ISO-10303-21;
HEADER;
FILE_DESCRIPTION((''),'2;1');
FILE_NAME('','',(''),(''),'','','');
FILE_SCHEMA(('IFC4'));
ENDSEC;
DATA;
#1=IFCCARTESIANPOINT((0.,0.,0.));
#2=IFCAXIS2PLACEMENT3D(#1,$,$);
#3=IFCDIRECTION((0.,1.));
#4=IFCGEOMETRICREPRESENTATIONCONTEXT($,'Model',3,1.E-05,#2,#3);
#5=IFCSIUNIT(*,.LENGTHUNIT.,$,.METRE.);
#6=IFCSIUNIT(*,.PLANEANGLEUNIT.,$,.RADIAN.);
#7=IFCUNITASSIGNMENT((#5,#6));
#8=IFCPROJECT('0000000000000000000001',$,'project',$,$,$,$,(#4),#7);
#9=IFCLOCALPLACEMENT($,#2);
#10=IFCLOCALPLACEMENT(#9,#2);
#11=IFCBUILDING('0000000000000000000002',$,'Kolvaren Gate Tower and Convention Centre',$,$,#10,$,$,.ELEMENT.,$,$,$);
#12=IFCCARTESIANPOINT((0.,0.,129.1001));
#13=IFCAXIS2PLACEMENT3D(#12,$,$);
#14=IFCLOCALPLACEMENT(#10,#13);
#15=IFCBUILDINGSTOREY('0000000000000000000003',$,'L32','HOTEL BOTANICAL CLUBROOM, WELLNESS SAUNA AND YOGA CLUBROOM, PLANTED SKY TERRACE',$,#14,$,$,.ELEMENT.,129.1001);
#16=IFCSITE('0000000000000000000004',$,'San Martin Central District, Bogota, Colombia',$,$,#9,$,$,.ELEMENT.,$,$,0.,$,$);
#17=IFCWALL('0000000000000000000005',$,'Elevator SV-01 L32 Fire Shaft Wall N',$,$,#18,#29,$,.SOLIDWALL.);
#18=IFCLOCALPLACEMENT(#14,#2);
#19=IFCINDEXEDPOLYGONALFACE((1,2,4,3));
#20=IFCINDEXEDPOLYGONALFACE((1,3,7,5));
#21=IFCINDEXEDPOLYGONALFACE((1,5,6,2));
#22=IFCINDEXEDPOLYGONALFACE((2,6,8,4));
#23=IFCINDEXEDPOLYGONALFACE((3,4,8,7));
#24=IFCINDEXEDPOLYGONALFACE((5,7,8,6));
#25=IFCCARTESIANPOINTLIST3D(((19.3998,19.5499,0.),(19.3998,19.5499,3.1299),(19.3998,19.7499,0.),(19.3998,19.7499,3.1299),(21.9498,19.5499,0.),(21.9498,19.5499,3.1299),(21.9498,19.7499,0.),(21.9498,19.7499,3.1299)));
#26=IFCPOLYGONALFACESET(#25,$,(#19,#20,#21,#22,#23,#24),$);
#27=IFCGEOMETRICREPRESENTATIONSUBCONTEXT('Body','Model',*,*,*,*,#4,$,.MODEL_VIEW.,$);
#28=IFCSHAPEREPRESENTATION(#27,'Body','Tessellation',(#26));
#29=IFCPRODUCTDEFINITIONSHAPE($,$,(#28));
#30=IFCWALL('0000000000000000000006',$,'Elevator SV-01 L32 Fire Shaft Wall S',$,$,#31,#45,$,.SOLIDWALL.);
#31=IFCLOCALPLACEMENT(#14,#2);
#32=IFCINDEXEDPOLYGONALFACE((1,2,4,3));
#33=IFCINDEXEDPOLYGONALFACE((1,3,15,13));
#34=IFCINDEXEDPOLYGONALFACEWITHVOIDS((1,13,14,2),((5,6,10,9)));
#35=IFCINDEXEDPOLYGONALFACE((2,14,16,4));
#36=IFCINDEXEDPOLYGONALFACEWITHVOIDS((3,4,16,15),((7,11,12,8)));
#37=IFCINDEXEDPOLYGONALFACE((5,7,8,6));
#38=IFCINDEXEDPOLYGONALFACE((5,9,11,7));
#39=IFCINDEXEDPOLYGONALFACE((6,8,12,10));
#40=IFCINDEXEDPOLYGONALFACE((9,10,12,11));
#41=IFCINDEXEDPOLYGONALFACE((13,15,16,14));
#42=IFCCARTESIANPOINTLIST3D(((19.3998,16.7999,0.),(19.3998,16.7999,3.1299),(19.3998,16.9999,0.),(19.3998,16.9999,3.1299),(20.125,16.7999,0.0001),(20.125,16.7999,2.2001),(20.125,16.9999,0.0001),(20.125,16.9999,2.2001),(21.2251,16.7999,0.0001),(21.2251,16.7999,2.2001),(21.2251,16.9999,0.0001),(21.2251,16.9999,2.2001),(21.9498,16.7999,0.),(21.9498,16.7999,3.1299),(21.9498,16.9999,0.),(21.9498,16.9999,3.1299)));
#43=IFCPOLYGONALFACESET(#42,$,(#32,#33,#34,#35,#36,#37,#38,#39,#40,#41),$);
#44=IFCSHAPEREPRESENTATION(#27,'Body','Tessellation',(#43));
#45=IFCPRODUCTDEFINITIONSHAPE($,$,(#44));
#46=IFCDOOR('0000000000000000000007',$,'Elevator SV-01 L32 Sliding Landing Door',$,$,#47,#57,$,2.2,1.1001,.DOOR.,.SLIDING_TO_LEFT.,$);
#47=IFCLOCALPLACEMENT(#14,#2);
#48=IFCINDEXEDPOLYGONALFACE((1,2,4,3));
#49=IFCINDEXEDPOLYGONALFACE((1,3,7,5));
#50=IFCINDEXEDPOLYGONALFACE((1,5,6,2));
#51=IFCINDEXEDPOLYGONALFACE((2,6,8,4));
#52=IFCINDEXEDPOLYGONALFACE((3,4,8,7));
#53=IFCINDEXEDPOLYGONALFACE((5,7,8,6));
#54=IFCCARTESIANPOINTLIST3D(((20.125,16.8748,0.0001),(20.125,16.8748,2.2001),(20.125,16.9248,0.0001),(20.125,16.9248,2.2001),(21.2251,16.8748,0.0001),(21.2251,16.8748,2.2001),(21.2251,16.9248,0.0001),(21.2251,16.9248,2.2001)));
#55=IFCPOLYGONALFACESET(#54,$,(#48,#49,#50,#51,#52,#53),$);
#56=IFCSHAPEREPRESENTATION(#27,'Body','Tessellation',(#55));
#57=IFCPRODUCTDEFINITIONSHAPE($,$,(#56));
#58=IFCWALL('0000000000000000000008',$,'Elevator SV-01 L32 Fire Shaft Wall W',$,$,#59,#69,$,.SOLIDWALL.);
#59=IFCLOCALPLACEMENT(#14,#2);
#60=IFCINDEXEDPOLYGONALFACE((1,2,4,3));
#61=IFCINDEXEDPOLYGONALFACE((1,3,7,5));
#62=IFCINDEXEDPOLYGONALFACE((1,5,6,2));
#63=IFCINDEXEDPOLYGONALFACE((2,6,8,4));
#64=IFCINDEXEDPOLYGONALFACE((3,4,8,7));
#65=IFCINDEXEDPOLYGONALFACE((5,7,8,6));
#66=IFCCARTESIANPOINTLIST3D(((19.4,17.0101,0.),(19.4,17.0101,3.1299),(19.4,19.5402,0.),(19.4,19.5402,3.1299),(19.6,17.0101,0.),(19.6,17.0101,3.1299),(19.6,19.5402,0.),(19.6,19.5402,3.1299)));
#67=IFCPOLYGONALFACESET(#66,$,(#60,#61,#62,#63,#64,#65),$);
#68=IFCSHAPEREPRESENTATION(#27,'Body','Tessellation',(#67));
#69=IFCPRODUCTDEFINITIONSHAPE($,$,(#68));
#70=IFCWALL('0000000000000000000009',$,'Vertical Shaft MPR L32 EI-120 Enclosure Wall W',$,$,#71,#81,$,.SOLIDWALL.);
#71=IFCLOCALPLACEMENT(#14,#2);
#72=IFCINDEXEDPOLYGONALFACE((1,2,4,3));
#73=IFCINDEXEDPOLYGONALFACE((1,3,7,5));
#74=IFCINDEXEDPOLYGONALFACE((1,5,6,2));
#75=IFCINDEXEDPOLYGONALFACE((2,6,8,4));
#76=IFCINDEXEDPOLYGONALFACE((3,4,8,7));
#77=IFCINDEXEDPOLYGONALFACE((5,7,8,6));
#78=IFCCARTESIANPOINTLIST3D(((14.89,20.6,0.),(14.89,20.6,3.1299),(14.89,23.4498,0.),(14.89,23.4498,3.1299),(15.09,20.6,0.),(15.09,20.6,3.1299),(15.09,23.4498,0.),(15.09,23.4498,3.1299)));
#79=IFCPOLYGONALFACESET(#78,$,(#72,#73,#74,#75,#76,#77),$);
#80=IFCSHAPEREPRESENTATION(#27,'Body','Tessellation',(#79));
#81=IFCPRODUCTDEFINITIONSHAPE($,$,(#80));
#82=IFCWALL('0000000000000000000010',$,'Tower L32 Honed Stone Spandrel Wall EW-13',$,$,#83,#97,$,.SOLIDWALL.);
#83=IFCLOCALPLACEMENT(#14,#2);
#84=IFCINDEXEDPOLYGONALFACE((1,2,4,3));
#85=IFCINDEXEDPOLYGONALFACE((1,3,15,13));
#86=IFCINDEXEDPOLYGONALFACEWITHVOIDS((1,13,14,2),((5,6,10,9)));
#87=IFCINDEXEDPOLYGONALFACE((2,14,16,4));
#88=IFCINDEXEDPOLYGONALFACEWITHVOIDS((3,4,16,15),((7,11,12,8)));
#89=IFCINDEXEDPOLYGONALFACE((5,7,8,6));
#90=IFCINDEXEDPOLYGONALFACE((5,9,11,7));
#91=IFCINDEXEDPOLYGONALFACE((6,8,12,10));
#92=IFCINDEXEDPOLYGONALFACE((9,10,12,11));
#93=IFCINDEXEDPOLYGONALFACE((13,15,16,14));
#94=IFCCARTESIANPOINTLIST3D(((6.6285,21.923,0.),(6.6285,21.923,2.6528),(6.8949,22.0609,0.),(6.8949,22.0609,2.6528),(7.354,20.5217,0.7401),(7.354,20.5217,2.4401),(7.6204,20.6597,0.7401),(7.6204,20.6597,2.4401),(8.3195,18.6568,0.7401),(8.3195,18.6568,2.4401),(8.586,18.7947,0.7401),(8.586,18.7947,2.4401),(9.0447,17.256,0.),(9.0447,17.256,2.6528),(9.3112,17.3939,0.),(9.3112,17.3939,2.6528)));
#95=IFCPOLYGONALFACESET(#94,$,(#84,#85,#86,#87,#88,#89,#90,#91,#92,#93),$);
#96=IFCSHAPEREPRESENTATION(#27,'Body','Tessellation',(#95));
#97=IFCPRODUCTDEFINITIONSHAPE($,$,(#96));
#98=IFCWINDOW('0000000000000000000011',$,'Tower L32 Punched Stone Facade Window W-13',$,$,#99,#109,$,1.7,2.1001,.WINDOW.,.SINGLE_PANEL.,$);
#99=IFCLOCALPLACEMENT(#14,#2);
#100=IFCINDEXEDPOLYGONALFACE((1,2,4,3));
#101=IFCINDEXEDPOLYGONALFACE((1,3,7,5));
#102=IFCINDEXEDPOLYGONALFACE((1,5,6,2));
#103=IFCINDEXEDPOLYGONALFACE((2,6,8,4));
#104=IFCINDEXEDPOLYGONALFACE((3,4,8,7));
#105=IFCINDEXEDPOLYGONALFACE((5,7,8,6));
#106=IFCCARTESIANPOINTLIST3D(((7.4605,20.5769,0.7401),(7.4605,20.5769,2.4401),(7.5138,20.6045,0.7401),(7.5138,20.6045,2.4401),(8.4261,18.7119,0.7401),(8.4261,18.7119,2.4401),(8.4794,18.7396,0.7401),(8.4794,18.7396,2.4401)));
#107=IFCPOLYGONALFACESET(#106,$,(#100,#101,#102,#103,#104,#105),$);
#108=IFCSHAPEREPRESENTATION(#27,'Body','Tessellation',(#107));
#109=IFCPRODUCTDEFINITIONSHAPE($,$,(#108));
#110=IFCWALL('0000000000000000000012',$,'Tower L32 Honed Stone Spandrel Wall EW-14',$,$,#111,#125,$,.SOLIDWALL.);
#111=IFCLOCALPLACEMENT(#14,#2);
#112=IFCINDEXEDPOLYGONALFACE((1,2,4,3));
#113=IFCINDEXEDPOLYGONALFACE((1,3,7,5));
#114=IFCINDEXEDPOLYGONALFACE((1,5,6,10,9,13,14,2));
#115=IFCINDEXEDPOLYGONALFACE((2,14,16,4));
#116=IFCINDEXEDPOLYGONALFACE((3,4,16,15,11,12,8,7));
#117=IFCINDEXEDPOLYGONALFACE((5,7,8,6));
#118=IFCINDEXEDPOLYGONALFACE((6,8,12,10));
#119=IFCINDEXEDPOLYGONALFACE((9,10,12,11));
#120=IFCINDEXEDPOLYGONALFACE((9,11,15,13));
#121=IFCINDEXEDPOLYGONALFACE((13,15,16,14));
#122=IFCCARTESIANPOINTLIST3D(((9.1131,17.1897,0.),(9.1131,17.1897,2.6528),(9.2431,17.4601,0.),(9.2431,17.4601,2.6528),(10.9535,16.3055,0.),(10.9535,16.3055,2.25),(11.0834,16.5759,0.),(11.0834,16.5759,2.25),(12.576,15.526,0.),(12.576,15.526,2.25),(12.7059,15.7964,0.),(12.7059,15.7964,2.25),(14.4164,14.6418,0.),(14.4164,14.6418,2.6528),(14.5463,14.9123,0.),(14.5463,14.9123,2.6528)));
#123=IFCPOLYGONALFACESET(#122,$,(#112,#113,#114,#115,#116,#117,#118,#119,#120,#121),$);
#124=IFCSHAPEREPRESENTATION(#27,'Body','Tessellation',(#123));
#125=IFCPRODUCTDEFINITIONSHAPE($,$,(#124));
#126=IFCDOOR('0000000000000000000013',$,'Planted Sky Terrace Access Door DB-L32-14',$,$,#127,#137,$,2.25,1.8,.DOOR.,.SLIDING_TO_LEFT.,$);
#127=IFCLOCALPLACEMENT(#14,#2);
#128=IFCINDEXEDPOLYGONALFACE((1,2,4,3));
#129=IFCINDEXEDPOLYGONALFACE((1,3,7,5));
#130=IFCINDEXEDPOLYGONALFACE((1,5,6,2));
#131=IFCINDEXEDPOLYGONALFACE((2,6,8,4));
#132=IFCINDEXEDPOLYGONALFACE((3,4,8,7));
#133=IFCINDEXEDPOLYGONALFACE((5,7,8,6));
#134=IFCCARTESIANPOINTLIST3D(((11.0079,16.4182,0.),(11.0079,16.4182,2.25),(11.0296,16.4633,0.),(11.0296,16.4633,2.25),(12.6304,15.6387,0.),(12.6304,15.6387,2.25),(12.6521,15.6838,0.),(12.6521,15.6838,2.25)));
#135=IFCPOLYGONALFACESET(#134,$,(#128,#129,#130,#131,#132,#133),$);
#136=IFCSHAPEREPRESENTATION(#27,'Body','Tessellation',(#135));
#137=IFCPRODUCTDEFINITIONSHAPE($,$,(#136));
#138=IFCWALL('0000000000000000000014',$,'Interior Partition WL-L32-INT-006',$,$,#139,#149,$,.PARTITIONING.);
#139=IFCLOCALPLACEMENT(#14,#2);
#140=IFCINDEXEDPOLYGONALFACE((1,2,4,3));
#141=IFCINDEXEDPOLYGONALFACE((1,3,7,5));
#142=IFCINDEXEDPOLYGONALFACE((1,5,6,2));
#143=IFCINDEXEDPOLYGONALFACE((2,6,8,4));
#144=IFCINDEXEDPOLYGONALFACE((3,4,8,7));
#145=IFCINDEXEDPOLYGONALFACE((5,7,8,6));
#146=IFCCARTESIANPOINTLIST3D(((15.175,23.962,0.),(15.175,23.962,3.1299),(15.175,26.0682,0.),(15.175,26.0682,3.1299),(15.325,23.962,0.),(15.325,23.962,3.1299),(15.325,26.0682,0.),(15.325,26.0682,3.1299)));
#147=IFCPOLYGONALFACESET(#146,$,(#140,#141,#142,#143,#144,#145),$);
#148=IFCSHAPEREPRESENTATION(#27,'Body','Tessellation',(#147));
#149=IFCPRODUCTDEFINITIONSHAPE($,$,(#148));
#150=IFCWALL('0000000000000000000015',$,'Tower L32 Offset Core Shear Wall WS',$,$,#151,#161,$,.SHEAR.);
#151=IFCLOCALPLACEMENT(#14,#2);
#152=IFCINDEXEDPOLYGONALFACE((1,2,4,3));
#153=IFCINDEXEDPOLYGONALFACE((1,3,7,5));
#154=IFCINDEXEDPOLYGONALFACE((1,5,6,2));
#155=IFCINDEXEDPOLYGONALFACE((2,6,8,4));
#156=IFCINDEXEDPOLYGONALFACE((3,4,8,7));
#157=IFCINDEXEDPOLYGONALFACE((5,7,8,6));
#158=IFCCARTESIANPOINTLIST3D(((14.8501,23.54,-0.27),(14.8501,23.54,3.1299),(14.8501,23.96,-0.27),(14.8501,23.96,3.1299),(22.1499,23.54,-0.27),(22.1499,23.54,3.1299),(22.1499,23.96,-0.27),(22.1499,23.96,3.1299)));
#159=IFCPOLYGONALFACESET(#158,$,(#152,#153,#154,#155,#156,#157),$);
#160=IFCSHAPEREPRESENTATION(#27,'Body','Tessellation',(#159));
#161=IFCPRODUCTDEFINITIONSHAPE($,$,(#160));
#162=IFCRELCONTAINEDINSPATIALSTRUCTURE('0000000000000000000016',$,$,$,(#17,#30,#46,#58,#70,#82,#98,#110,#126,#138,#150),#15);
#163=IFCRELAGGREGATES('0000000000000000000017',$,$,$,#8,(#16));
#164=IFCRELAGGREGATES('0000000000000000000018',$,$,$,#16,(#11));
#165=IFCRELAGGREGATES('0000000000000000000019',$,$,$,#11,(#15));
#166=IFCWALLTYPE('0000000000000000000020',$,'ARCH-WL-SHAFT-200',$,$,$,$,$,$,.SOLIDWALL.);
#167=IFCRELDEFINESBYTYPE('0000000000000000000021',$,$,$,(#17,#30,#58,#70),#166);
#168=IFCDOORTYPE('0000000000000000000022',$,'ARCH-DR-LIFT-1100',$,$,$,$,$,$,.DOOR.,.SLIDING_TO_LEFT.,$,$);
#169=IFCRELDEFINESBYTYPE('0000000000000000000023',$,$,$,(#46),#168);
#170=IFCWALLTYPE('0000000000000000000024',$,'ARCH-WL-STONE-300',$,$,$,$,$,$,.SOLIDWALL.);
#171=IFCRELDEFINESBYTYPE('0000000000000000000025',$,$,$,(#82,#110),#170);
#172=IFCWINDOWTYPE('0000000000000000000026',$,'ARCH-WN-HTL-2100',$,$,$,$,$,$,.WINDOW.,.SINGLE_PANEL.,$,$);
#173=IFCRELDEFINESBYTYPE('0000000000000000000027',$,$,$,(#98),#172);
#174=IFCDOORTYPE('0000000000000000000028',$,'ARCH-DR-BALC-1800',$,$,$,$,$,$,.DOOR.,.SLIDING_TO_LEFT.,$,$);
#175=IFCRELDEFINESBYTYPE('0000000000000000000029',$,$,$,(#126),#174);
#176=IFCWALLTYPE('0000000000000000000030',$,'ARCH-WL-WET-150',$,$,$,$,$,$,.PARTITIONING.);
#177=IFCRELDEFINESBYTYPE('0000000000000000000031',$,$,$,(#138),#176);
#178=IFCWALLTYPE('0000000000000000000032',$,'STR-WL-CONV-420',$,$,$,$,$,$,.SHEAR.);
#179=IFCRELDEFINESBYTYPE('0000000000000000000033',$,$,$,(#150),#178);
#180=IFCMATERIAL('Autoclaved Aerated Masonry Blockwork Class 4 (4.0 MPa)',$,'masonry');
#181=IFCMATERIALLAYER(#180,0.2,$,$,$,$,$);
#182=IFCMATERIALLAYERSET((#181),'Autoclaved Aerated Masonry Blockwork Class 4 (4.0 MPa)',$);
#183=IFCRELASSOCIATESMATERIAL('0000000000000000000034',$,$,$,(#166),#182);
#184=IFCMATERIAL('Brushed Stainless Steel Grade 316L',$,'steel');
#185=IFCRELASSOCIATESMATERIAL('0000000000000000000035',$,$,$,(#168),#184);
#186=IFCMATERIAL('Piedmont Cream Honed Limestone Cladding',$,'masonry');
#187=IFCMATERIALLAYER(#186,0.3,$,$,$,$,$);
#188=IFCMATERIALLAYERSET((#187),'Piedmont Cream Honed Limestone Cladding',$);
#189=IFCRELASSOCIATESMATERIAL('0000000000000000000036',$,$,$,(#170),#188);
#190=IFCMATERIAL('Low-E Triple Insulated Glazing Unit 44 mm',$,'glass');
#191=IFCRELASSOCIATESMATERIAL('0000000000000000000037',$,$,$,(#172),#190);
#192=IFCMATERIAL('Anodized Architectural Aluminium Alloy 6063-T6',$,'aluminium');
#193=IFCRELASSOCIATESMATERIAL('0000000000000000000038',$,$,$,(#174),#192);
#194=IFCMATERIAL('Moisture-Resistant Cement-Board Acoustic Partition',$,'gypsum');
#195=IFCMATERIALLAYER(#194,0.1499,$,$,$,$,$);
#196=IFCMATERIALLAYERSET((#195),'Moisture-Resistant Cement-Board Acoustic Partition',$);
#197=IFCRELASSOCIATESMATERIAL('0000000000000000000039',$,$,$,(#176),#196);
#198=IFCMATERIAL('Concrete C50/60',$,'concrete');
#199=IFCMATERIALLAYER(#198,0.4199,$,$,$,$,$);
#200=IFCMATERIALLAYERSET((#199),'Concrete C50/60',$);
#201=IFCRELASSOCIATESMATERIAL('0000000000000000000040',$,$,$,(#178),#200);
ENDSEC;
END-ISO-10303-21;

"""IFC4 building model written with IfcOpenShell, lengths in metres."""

from ifc_helpers import new_model, si_unit, direction, frame, frame_2d, origin, place, context, subcontext, project, spatial, rectangle, extrude, material, layer, layer_set, type_object, element, fill, save


model = new_model("IFC4")

# Units and contexts
model_context = context("Model", 3, precision=1e-05, world=origin(), true_north=direction((0.0, 1.0)))
body_context = subcontext(model_context, "Body", "Model", "MODEL_VIEW")
ifc_project = project(units=[si_unit("LENGTHUNIT", "METRE"), si_unit("PLANEANGLEUNIT", "RADIAN")], contexts=[model_context])

# Site, building, storey
site_placement = place(None, origin())
site = spatial("IfcSite", under=ifc_project, at=site_placement, Name="San Martin Central District, Bogota, Colombia", CompositionType="ELEMENT", RefElevation=0.0)
building_placement = place(site_placement, origin())
building = spatial("IfcBuilding", under=site, at=building_placement, Name="Kolvaren Gate Tower and Convention Centre", CompositionType="ELEMENT")
storey_placement = place(building_placement, frame((0.0, 0.0, 129.1001)))
storey = spatial("IfcBuildingStorey", under=building, at=storey_placement, Name="L32", Description="HOTEL BOTANICAL CLUBROOM, WELLNESS SAUNA AND YOGA CLUBROOM, PLANTED SKY TERRACE", CompositionType="ELEMENT", Elevation=129.1001)

# Wall
ifc_material_1 = material(Name="Autoclaved Aerated Masonry Blockwork Class 4 (4.0 MPa)", Category="masonry")
ifc_material_2 = material(Name="Piedmont Cream Honed Limestone Cladding", Category="masonry")
ifc_layer_1 = layer(ifc_material_1, 0.2)
ifc_layer_set_1 = layer_set([ifc_layer_1], Name="Autoclaved Aerated Masonry Blockwork Class 4 (4.0 MPa)")
wall_type_1 = type_object("IfcWallType", Name="ARCH-WL-SHAFT-200", PredefinedType="SOLIDWALL", material=ifc_layer_set_1)
wall_1_placement = place(storey_placement, frame((19.3999, 19.6499, 0.0), z_axis=(0.0, 0.0, 1.0), x_axis=(1.0, 0.0, 0.0)))
element("IfcWall", 1, at=wall_1_placement, inside=storey, type_object=wall_type_1, Name="Elevator SV-01 L32 Fire Shaft Wall N", PredefinedType="SOLIDWALL", context=body_context, shape_type="SweptSolid", body=[
    extrude(rectangle(XDim=2.55, YDim=0.2, at=frame_2d((1.2749, 0.0))), origin(), (0.0, 0.0, 1.0), 3.1299),
])

# Wall, opening, door
wall_2_placement = place(storey_placement, frame((19.3999, 16.8999, 0.0), z_axis=(0.0, 0.0, 1.0), x_axis=(1.0, 0.0, 0.0)))
wall_2 = element("IfcWall", 2, at=wall_2_placement, inside=storey, type_object=wall_type_1, Name="Elevator SV-01 L32 Fire Shaft Wall S", PredefinedType="SOLIDWALL", context=body_context, shape_type="SweptSolid", body=[
    extrude(rectangle(XDim=2.55, YDim=0.2, at=frame_2d((1.2749, 0.0))), origin(), (0.0, 0.0, 1.0), 3.1299),
])
opening_1_placement = place(wall_2_placement, frame((0.7251, 0.0, 0.0)))
opening_1 = element("IfcOpeningElement", 3, at=opening_1_placement, cuts=wall_2, PredefinedType="OPENING", context=body_context, shape_type="SweptSolid", body=[
    extrude(rectangle(XDim=1.1001, YDim=2.2, at=frame_2d((0.55, 1.1001))), frame((0.0, 0.1099, 0.0), z_axis=(0.0, -1.0, 0.0), x_axis=(1.0, 0.0, 0.0)), (0.0, 0.0, 1.0), 0.22),
])
ifc_material_3 = material(Name="Brushed Stainless Steel Grade 316L", Category="steel")
door_type_1 = type_object("IfcDoorType", Name="ARCH-DR-LIFT-1100", OperationType="SLIDING_TO_LEFT", PredefinedType="DOOR", material=ifc_material_3)
door_1_placement = place(opening_1_placement, origin())
door_1 = element("IfcDoor", 4, at=door_1_placement, inside=storey, type_object=door_type_1, Name="Elevator SV-01 L32 Sliding Landing Door", OperationType="SLIDING_TO_LEFT", OverallHeight=2.2, OverallWidth=1.1001, PredefinedType="DOOR", context=body_context, shape_type="SweptSolid", body=[
    extrude(rectangle(XDim=1.1001, YDim=2.2, at=frame_2d((0.55, 1.1001))), frame((0.0, 0.0249, 0.0), z_axis=(0.0, -1.0, 0.0), x_axis=(1.0, 0.0, 0.0)), (0.0, 0.0, 1.0), 0.05),
])
fill(opening_1, door_1)

# Walls
wall_3_placement = place(storey_placement, frame((19.5, 17.01, 0.0), z_axis=(0.0, 0.0, 1.0), x_axis=(0.0, 1.0, 0.0)))
element("IfcWall", 5, at=wall_3_placement, inside=storey, type_object=wall_type_1, Name="Elevator SV-01 L32 Fire Shaft Wall W", PredefinedType="SOLIDWALL", context=body_context, shape_type="SweptSolid", body=[
    extrude(rectangle(XDim=2.53, YDim=0.2, at=frame_2d((1.2651, 0.0))), origin(), (0.0, 0.0, 1.0), 3.1299),
])
wall_4_placement = place(storey_placement, frame((14.99, 20.6001, 0.0), z_axis=(0.0, 0.0, 1.0), x_axis=(0.0, 1.0, 0.0)))
element("IfcWall", 6, at=wall_4_placement, inside=storey, type_object=wall_type_1, Name="Vertical Shaft MPR L32 EI-120 Enclosure Wall W", PredefinedType="SOLIDWALL", context=body_context, shape_type="SweptSolid", body=[
    extrude(rectangle(XDim=2.8499, YDim=0.2, at=frame_2d((1.4248, 0.0))), origin(), (0.0, 0.0, 1.0), 3.1299),
])

# Wall, opening, window
ifc_layer_2 = layer(ifc_material_2, 0.3)
ifc_layer_set_2 = layer_set([ifc_layer_2], Name="Piedmont Cream Honed Limestone Cladding")
wall_type_2 = type_object("IfcWallType", Name="ARCH-WL-STONE-300", PredefinedType="SOLIDWALL", material=ifc_layer_set_2)
wall_5_placement = place(storey_placement, frame((6.7617, 21.9919, 0.0), z_axis=(0.0, 0.0, 1.0), x_axis=(0.459768, -0.888039, 0.0)))
wall_5 = element("IfcWall", 7, at=wall_5_placement, inside=storey, type_object=wall_type_2, Name="Tower L32 Honed Stone Spandrel Wall EW-13", PredefinedType="SOLIDWALL", context=body_context, shape_type="SweptSolid", body=[
    extrude(rectangle(XDim=5.2554, YDim=0.3, at=frame_2d((2.6277, 0.0))), origin(), (0.0, 0.0, 1.0), 2.6528),
])
opening_2_placement = place(wall_5_placement, frame((1.5779, 0.0, 0.74)))
opening_2 = element("IfcOpeningElement", 8, at=opening_2_placement, cuts=wall_5, PredefinedType="OPENING", context=body_context, shape_type="SweptSolid", body=[
    extrude(rectangle(XDim=2.1001, YDim=1.7, at=frame_2d((1.05, 0.8501))), frame((0.0, 0.1599, 0.0), z_axis=(0.0, -1.0, 0.0), x_axis=(1.0, 0.0, 0.0)), (0.0, 0.0, 1.0), 0.3201),
])
ifc_material_4 = material(Name="Low-E Triple Insulated Glazing Unit 44 mm", Category="glass")
window_type = type_object("IfcWindowType", Name="ARCH-WN-HTL-2100", PartitioningType="SINGLE_PANEL", PredefinedType="WINDOW", material=ifc_material_4)
window_placement = place(opening_2_placement, origin())
window = element("IfcWindow", 9, at=window_placement, inside=storey, type_object=window_type, Name="Tower L32 Punched Stone Facade Window W-13", OverallHeight=1.7, OverallWidth=2.1001, PartitioningType="SINGLE_PANEL", PredefinedType="WINDOW", context=body_context, shape_type="SweptSolid", body=[
    extrude(rectangle(XDim=2.1001, YDim=1.7, at=frame_2d((1.05, 0.8501))), frame((0.0, 0.03, 0.0), z_axis=(0.0, -1.0, 0.0), x_axis=(1.0, 0.0, 0.0)), (0.0, 0.0, 1.0), 0.0601),
])
fill(opening_2, window)

# Wall, opening, door
wall_6_placement = place(storey_placement, frame((9.178, 17.325, 0.0), z_axis=(0.0, 0.0, 1.0), x_axis=(0.90137, -0.433049, 0.0)))
wall_6 = element("IfcWall", 10, at=wall_6_placement, inside=storey, type_object=wall_type_2, Name="Tower L32 Honed Stone Spandrel Wall EW-14", PredefinedType="SOLIDWALL", context=body_context, shape_type="SweptSolid", body=[
    extrude(rectangle(XDim=5.8835, YDim=0.3, at=frame_2d((2.9419, 0.0))), origin(), (0.0, 0.0, 1.0), 2.6528),
])
opening_3_placement = place(wall_6_placement, frame((2.042, 0.0, 0.0)))
opening_3 = element("IfcOpeningElement", 11, at=opening_3_placement, cuts=wall_6, PredefinedType="OPENING", context=body_context, shape_type="SweptSolid", body=[
    extrude(rectangle(XDim=1.8, YDim=2.25, at=frame_2d((0.8999, 1.125))), frame((0.0, 0.1599, 0.0), z_axis=(0.0, -1.0, 0.0), x_axis=(1.0, 0.0, 0.0)), (0.0, 0.0, 1.0), 0.3201),
])
ifc_material_5 = material(Name="Anodized Architectural Aluminium Alloy 6063-T6", Category="aluminium")
door_type_2 = type_object("IfcDoorType", Name="ARCH-DR-BALC-1800", OperationType="SLIDING_TO_LEFT", PredefinedType="DOOR", material=ifc_material_5)
door_2_placement = place(opening_3_placement, frame((1.8, 0.0, 0.0), z_axis=(0.0, 0.0, 1.0), x_axis=(-1.0, 0.0, 0.0)))
door_2 = element("IfcDoor", 12, at=door_2_placement, inside=storey, type_object=door_type_2, Name="Planted Sky Terrace Access Door DB-L32-14", OperationType="SLIDING_TO_LEFT", OverallHeight=2.25, OverallWidth=1.8, PredefinedType="DOOR", context=body_context, shape_type="SweptSolid", body=[
    extrude(rectangle(XDim=1.8, YDim=2.25, at=frame_2d((0.8999, 1.125))), frame((0.0, 0.0249, 0.0), z_axis=(0.0, -1.0, 0.0), x_axis=(1.0, 0.0, 0.0)), (0.0, 0.0, 1.0), 0.05),
])
fill(opening_3, door_2)

# Walls
ifc_material_6 = material(Name="Moisture-Resistant Cement-Board Acoustic Partition", Category="gypsum")
ifc_layer_3 = layer(ifc_material_6, 0.1499)
ifc_layer_set_3 = layer_set([ifc_layer_3], Name="Moisture-Resistant Cement-Board Acoustic Partition")
wall_type_3 = type_object("IfcWallType", Name="ARCH-WL-WET-150", PredefinedType="PARTITIONING", material=ifc_layer_set_3)
wall_7_placement = place(storey_placement, frame((15.25, 23.9619, 0.0), z_axis=(0.0, 0.0, 1.0), x_axis=(0.0, 1.0, 0.0)))
element("IfcWall", 13, at=wall_7_placement, inside=storey, type_object=wall_type_3, Name="Interior Partition WL-L32-INT-006", PredefinedType="PARTITIONING", context=body_context, shape_type="SweptSolid", body=[
    extrude(rectangle(XDim=2.1062, YDim=0.1499, at=frame_2d((1.0532, 0.0))), origin(), (0.0, 0.0, 1.0), 3.1299),
])
ifc_material_7 = material(Name="Concrete C50/60", Category="concrete")
ifc_layer_4 = layer(ifc_material_7, 0.4199)
ifc_layer_set_4 = layer_set([ifc_layer_4], Name="Concrete C50/60")
wall_type_4 = type_object("IfcWallType", Name="STR-WL-CONV-420", PredefinedType="SHEAR", material=ifc_layer_set_4)
wall_8_placement = place(storey_placement, frame((14.8501, 23.75, -0.27), z_axis=(0.0, 0.0, 1.0), x_axis=(1.0, 0.0, 0.0)))
element("IfcWall", 14, at=wall_8_placement, inside=storey, type_object=wall_type_4, Name="Tower L32 Offset Core Shear Wall WS", PredefinedType="SHEAR", context=body_context, shape_type="SweptSolid", body=[
    extrude(rectangle(XDim=7.2998, YDim=0.4199, at=frame_2d((3.6499, 0.0))), origin(), (0.0, 0.0, 1.0), 3.3999),
])

save(model, "model.ifc")
